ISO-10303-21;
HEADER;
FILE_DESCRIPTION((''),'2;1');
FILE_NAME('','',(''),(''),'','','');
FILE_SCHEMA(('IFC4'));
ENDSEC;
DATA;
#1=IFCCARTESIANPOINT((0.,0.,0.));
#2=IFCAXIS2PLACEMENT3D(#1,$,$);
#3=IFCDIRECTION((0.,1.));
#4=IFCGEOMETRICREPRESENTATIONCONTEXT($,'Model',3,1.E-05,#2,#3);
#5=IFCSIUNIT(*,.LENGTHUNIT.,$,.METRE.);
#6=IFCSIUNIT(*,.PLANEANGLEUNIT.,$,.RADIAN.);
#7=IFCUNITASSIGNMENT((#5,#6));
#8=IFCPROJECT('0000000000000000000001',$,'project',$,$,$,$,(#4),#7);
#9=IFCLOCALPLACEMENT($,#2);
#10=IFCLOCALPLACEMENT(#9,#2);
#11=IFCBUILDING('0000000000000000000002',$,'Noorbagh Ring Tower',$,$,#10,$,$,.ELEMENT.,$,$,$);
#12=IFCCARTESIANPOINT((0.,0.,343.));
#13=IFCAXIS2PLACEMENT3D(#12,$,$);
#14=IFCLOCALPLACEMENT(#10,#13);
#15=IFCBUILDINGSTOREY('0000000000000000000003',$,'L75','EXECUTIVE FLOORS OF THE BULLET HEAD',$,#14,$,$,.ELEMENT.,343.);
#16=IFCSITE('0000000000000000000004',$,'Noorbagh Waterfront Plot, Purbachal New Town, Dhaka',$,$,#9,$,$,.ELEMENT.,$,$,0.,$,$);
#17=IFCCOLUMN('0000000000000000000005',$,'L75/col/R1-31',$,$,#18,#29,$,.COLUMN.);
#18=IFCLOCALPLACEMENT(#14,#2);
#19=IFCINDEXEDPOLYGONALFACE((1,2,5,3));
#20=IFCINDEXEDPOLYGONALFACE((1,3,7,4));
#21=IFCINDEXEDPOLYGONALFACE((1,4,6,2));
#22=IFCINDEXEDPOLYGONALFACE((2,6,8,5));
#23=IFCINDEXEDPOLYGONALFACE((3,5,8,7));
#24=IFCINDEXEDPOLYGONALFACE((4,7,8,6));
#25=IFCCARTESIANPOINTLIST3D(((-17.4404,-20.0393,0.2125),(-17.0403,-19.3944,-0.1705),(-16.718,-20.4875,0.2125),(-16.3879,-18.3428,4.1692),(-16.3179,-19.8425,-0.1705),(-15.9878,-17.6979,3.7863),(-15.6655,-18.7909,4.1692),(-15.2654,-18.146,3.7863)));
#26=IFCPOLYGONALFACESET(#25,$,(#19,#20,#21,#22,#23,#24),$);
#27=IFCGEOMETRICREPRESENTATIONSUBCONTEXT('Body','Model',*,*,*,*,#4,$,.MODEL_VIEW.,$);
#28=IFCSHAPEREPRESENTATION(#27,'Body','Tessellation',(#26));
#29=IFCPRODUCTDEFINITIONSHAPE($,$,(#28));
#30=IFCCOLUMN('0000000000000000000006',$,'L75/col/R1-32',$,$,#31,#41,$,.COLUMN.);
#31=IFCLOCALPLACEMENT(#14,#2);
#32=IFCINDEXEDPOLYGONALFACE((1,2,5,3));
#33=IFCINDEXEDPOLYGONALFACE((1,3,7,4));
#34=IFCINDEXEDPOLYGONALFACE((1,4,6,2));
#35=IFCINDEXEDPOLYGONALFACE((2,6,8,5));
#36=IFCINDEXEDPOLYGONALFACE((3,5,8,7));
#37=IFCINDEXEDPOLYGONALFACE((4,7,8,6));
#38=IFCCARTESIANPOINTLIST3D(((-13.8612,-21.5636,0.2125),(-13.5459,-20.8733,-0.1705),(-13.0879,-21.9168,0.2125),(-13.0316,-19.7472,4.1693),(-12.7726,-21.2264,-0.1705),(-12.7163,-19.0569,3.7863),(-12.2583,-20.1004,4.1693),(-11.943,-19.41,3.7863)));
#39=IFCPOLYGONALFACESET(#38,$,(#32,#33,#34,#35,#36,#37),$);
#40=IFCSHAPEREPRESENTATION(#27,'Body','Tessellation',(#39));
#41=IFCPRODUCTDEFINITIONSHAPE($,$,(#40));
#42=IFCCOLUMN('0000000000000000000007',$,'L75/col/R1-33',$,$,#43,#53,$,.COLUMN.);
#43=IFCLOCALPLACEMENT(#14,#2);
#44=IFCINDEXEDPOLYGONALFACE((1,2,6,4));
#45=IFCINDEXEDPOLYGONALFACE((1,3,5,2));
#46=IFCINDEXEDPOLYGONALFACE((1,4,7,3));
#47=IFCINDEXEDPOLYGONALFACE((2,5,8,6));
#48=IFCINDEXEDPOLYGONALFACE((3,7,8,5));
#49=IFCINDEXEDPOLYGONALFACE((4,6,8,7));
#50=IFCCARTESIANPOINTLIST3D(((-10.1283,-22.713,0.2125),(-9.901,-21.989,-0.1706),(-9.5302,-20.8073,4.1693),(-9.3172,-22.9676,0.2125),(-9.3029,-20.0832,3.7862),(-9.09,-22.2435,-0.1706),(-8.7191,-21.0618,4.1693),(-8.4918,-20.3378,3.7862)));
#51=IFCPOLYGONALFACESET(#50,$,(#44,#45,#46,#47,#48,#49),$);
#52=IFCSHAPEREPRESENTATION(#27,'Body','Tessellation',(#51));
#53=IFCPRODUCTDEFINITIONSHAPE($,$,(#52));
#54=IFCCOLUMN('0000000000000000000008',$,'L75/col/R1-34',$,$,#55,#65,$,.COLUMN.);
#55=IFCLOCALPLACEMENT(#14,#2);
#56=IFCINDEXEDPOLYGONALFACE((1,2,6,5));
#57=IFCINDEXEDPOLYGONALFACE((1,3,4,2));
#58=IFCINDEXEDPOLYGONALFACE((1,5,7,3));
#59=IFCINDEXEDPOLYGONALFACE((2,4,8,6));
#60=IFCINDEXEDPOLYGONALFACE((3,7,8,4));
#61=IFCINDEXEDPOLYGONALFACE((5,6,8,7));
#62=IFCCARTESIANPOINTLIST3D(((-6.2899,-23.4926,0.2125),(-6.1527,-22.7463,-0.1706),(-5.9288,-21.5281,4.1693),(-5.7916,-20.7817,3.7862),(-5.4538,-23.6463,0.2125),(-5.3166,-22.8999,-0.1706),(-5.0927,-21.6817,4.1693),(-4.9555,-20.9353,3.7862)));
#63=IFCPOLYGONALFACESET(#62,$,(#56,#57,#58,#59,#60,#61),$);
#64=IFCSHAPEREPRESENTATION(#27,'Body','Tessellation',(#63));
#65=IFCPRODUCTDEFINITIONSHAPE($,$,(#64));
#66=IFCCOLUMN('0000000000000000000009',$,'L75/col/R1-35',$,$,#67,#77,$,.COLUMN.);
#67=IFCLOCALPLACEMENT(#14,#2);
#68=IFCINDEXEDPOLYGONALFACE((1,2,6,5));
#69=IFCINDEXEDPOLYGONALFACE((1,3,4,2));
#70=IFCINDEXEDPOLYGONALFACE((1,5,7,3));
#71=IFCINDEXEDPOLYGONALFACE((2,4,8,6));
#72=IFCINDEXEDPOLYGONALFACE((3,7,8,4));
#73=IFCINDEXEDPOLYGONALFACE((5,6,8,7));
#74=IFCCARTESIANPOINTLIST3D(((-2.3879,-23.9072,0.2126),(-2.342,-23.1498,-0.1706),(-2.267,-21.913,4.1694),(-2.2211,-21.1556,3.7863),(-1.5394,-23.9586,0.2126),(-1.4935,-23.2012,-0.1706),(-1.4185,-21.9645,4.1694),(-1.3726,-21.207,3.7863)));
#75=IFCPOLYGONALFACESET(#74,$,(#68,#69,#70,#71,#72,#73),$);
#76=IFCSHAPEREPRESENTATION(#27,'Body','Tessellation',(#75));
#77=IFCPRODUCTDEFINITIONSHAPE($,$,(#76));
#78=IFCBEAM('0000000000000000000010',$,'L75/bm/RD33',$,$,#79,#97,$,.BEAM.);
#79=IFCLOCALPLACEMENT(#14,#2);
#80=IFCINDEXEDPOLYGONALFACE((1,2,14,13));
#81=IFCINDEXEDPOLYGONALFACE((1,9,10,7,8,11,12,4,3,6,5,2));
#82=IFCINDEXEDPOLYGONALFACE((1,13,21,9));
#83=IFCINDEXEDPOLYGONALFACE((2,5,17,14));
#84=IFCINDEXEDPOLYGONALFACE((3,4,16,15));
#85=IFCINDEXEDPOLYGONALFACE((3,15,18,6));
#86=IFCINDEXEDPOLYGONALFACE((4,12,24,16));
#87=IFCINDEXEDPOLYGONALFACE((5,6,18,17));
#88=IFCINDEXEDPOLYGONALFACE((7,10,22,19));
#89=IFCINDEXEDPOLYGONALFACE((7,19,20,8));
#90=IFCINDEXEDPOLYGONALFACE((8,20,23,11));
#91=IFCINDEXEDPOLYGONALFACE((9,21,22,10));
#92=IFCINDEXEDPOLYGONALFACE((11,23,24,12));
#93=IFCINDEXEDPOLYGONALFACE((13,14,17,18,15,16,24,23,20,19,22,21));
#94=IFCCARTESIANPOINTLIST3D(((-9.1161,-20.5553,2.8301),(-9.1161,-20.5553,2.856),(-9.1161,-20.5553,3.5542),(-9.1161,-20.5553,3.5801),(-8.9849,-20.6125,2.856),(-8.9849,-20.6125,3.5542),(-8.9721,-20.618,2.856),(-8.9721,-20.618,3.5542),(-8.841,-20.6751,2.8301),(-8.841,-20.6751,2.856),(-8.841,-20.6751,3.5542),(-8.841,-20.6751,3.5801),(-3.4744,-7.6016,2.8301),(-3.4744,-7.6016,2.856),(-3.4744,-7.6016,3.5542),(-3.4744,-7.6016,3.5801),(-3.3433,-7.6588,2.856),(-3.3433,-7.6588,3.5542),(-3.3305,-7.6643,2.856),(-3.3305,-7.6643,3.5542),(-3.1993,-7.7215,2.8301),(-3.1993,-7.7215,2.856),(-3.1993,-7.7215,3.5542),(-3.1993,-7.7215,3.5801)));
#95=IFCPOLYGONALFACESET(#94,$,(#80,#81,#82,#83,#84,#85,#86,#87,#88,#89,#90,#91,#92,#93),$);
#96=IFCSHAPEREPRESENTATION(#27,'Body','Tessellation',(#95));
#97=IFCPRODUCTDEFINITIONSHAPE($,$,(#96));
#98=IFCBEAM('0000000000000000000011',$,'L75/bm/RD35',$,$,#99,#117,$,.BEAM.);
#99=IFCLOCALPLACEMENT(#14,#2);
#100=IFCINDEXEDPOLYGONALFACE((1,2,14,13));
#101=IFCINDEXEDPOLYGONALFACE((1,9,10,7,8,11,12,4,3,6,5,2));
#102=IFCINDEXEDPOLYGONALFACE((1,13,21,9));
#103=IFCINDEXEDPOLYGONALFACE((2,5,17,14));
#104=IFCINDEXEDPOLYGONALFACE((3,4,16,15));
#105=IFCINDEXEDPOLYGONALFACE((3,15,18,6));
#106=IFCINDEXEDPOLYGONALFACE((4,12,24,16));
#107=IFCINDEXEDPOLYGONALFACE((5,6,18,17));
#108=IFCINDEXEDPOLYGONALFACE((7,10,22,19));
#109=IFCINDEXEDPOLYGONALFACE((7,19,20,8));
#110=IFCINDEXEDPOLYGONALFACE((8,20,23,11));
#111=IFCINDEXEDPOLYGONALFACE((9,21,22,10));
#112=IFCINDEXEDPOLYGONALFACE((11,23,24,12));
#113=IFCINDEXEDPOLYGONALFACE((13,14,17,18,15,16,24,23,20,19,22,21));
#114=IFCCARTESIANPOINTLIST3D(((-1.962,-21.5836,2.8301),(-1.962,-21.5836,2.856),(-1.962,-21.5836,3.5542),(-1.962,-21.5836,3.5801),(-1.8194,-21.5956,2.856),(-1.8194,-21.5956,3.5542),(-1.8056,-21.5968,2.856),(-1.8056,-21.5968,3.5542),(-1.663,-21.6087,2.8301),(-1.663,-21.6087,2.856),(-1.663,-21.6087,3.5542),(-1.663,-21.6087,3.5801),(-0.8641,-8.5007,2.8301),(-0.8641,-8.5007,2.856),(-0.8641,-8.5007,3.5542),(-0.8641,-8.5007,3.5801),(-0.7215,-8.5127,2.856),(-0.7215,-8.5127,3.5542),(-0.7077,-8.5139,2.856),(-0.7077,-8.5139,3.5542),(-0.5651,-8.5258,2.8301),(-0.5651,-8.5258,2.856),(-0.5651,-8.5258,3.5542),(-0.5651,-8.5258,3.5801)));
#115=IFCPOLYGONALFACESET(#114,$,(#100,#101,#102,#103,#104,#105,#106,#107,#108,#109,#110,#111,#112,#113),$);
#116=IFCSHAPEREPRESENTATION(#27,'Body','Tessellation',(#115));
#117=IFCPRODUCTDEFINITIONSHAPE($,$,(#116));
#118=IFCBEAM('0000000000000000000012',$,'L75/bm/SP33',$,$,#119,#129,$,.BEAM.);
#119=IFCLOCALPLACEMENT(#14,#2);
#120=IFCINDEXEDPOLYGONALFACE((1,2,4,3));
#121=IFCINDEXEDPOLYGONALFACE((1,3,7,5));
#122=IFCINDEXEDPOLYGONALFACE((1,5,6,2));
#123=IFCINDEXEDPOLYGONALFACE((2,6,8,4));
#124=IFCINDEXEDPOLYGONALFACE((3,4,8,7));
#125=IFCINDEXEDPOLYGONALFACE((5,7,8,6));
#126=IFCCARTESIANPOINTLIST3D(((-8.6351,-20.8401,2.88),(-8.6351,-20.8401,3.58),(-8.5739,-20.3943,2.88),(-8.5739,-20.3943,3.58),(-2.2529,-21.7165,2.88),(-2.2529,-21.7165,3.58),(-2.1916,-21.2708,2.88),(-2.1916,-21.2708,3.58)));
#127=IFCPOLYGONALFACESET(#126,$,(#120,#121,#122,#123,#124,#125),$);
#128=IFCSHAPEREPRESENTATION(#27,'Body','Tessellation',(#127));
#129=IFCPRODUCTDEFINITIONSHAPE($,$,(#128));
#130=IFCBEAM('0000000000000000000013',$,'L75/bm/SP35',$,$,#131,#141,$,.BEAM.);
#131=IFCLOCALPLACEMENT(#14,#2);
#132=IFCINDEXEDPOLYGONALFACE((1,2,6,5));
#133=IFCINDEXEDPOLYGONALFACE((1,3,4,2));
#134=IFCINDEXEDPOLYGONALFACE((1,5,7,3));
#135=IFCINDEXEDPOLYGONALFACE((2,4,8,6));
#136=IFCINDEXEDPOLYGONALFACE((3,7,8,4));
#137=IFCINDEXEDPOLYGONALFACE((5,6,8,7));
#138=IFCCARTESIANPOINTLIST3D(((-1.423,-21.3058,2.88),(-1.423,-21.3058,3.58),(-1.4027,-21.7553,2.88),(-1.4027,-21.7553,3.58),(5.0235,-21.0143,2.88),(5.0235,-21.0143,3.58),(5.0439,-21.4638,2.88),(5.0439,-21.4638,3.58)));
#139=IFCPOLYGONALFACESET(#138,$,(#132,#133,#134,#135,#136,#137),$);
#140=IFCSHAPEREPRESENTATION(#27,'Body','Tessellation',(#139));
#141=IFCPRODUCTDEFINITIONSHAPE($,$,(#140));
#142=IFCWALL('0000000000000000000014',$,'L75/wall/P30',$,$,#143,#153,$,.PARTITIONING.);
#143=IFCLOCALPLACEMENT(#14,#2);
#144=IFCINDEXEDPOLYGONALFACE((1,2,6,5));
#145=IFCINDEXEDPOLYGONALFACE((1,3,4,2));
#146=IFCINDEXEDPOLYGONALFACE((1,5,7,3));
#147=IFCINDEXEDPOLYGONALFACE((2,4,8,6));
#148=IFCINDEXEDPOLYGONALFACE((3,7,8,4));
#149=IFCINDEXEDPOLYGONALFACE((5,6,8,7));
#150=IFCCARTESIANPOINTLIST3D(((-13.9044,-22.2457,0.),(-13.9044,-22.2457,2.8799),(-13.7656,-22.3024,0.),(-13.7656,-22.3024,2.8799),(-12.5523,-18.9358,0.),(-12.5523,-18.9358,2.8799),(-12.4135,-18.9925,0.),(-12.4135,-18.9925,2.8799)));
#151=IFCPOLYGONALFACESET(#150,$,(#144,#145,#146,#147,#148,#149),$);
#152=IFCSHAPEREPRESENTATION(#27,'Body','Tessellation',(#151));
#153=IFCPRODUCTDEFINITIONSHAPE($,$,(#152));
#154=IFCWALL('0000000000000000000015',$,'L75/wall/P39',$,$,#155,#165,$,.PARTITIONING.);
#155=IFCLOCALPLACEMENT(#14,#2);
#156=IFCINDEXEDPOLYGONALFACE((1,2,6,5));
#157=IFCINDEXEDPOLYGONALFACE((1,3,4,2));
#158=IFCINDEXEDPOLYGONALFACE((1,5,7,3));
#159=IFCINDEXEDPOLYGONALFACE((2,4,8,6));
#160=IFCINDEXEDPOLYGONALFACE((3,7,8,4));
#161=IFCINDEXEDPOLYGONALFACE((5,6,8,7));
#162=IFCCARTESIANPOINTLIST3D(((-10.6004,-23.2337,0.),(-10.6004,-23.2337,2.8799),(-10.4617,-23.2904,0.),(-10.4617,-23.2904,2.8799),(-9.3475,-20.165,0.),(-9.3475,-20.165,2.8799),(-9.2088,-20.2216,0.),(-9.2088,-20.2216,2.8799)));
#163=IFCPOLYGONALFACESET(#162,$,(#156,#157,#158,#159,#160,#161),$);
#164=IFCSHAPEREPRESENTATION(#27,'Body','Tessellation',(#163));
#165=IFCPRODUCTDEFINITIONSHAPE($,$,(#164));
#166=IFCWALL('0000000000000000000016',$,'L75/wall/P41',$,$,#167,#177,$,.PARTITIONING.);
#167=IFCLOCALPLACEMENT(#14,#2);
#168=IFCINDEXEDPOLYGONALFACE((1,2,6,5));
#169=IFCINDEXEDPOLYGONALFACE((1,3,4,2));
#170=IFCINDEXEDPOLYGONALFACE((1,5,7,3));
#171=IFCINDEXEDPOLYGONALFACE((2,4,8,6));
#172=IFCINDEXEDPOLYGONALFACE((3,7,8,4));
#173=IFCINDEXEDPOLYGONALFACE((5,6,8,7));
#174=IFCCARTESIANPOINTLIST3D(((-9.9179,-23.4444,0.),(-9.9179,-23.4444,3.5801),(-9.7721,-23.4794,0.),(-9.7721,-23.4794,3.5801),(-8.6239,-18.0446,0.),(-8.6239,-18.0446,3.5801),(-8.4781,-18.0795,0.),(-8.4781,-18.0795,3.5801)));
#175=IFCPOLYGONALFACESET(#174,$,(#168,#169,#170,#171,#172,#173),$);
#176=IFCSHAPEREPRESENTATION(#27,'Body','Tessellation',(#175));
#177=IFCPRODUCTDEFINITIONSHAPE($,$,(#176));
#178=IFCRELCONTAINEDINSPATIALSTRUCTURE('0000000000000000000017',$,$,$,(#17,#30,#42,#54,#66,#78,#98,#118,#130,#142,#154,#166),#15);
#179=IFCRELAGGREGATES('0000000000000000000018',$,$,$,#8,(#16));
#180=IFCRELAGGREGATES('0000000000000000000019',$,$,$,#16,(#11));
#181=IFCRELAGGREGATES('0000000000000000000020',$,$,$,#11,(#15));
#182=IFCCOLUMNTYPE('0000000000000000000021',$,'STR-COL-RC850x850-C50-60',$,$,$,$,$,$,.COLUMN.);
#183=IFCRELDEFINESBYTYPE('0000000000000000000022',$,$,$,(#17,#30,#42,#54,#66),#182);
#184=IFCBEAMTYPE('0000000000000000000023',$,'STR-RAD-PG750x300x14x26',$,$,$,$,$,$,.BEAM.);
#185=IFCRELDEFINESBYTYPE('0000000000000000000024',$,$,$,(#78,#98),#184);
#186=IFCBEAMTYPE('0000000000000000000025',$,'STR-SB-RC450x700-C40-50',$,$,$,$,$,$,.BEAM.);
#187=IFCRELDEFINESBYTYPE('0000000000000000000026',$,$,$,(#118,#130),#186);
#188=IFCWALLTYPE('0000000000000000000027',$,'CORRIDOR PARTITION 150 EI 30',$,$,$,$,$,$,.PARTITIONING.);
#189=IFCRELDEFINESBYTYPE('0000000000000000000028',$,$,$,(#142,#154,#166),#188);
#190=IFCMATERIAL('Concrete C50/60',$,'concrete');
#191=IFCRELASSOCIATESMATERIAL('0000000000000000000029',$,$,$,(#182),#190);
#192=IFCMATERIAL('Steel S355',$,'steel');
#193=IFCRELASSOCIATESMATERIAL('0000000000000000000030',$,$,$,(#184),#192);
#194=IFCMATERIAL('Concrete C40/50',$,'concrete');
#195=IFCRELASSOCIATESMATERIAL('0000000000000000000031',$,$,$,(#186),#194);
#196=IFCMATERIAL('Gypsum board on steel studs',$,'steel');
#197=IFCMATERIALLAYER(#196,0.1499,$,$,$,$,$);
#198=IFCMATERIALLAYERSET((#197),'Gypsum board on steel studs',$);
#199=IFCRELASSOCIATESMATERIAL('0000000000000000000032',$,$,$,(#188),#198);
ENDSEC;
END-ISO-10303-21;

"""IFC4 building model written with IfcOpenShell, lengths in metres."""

from ifc_helpers import new_model, si_unit, direction, frame, frame_2d, origin, origin_2d, place, context, subcontext, project, spatial, rectangle, i_section, extrude, material, layer, layer_set, material_profile, profile_set, type_object, element, save


model = new_model("IFC4")

# Units and contexts
model_context = context("Model", 3, precision=1e-05, world=origin(), true_north=direction((0.0, 1.0)))
body_context = subcontext(model_context, "Body", "Model", "MODEL_VIEW")
ifc_project = project(units=[si_unit("LENGTHUNIT", "METRE"), si_unit("PLANEANGLEUNIT", "RADIAN")], contexts=[model_context])

# Site, building, storey
site_placement = place(None, origin())
site = spatial("IfcSite", under=ifc_project, at=site_placement, Name="Noorbagh Waterfront Plot, Purbachal New Town, Dhaka", CompositionType="ELEMENT", RefElevation=0.0)
building_placement = place(site_placement, origin())
building = spatial("IfcBuilding", under=site, at=building_placement, Name="Noorbagh Ring Tower", CompositionType="ELEMENT")
storey_placement = place(building_placement, frame((0.0, 0.0, 343.0)))
storey = spatial("IfcBuildingStorey", under=building, at=storey_placement, Name="L75", Description="EXECUTIVE FLOORS OF THE BULLET HEAD", CompositionType="ELEMENT", Elevation=343.0)

# Columns
ifc_material_1 = material(Name="Concrete C50/60", Category="concrete")
ifc_material_profile_1 = material_profile(ifc_material_1, rectangle(XDim=0.8501, YDim=0.8501, at=origin_2d()), Name="RC850x850")
ifc_profile_set_1 = profile_set([ifc_material_profile_1], Name="Concrete C50/60")
column_type = type_object("IfcColumnType", Name="STR-COL-RC850x850-C50-60", PredefinedType="COLUMN", material=ifc_profile_set_1)
column_1_placement = place(storey_placement, frame((-16.8792, -19.9409, 0.021), z_axis=(0.237478, 0.382797, 0.892788), x_axis=(-0.849759, 0.527171, 0.0)))
element("IfcColumn", 1, at=column_1_placement, inside=storey, type_object=column_type, Name="L75/col/R1-31", PredefinedType="COLUMN", context=body_context, shape_type="SweptSolid", body=[
    extrude(rectangle(XDim=0.8501, YDim=0.8501, at=origin_2d()), origin(), (0.0, 0.0, 1.0), 4.4319),
])
column_2_placement = place(storey_placement, frame((-13.3169, -21.395, 0.021), z_axis=(0.187177, 0.409828, 0.892752), x_axis=(-0.90962, 0.415442, 0.0)))
element("IfcColumn", 2, at=column_2_placement, inside=storey, type_object=column_type, Name="L75/col/R1-32", PredefinedType="COLUMN", context=body_context, shape_type="SweptSolid", body=[
    extrude(rectangle(XDim=0.8501, YDim=0.8501, at=origin_2d()), origin(), (0.0, 0.0, 1.0), 4.4321),
])
for number, where, z_axis, x_axis, name in (
    (3, (-9.6091, -22.4783, 0.021), (0.134949, 0.429965, 0.892703), (-0.95411, 0.299458, 0.0), "L75/col/R1-33"),
    (4, (-5.8032, -23.1963, 0.021), (0.081465, 0.443236, 0.892696), (-0.983526, 0.180767, 0.0), "L75/col/R1-34"),
):
    element("IfcColumn", number, at=place(storey_placement, frame(where, z_axis=z_axis, x_axis=x_axis)), inside=storey, type_object=column_type, Name=name, PredefinedType="COLUMN", context=body_context, shape_type="SweptSolid", body=[
        extrude(rectangle(XDim=0.8501, YDim=0.8501, at=origin_2d()), origin(), (0.0, 0.0, 1.0), 4.4324),
    ])
column_3_placement = place(storey_placement, frame((-1.9407, -23.5542, 0.021), z_axis=(0.027264, 0.449887, 0.892669), x_axis=(-0.998169, 0.060491, 0.0)))
element("IfcColumn", 5, at=column_3_placement, inside=storey, type_object=column_type, Name="L75/col/R1-35", PredefinedType="COLUMN", context=body_context, shape_type="SweptSolid", body=[
    extrude(rectangle(XDim=0.8501, YDim=0.8501, at=origin_2d()), origin(), (0.0, 0.0, 1.0), 4.4326),
])

# Beams
ifc_material_2 = material(Name="Steel S355", Category="steel")
ifc_material_profile_2 = material_profile(ifc_material_2, i_section(OverallWidth=0.3, OverallDepth=0.75, WebThickness=0.0139, FlangeThickness=0.0259, at=origin_2d()), Name="PG750x300x14x26")
ifc_profile_set_2 = profile_set([ifc_material_profile_2], Name="Steel S355")
beam_type_1 = type_object("IfcBeamType", Name="STR-RAD-PG750x300x14x26", PredefinedType="BEAM", material=ifc_profile_set_2)
beam_1_placement = place(storey_placement, frame((-8.9785, -20.6152, 3.2051), z_axis=(0.399297, 0.916822, 0.0), x_axis=(-0.916822, 0.399297, 0.0)))
element("IfcBeam", 6, at=beam_1_placement, inside=storey, type_object=beam_type_1, Name="L75/bm/RD33", PredefinedType="BEAM", context=body_context, shape_type="SweptSolid", body=[
    extrude(i_section(OverallWidth=0.3, OverallDepth=0.75, WebThickness=0.0139, FlangeThickness=0.0259, at=origin_2d()), origin(), (0.0, 0.0, 1.0), 14.1289),
])
beam_2_placement = place(storey_placement, frame((-1.8125, -21.5962, 3.2051), z_axis=(0.083624, 0.996497, 0.0), x_axis=(-0.996497, 0.083624, 0.0)))
element("IfcBeam", 7, at=beam_2_placement, inside=storey, type_object=beam_type_1, Name="L75/bm/RD35", PredefinedType="BEAM", context=body_context, shape_type="SweptSolid", body=[
    extrude(i_section(OverallWidth=0.3, OverallDepth=0.75, WebThickness=0.0139, FlangeThickness=0.0259, at=origin_2d()), origin(), (0.0, 0.0, 1.0), 13.1289),
])
ifc_material_3 = material(Name="Concrete C40/50", Category="concrete")
ifc_material_profile_3 = material_profile(ifc_material_3, rectangle(XDim=0.45, YDim=0.7, at=origin_2d()), Name="RC450x700")
ifc_profile_set_3 = profile_set([ifc_material_profile_3], Name="Concrete C40/50")
beam_type_2 = type_object("IfcBeamType", Name="STR-SB-RC450x700-C40-50", PredefinedType="BEAM", material=ifc_profile_set_3)
beam_3_placement = place(storey_placement, frame((-8.6045, -20.6172, 3.23), z_axis=(0.990702, -0.13605, 0.0), x_axis=(0.13605, 0.990702, 0.0)))
element("IfcBeam", 8, at=beam_3_placement, inside=storey, type_object=beam_type_2, Name="L75/bm/SP33", PredefinedType="BEAM", context=body_context, shape_type="SweptSolid", body=[
    extrude(rectangle(XDim=0.45, YDim=0.7, at=origin_2d()), origin(), (0.0, 0.0, 1.0), 6.4421),
])
beam_4_placement = place(storey_placement, frame((-1.4128, -21.5305, 3.23), z_axis=(0.998979, 0.045173, 0.0), x_axis=(-0.045173, 0.998979, 0.0)))
element("IfcBeam", 9, at=beam_4_placement, inside=storey, type_object=beam_type_2, Name="L75/bm/SP35", PredefinedType="BEAM", context=body_context, shape_type="SweptSolid", body=[
    extrude(rectangle(XDim=0.45, YDim=0.7, at=origin_2d()), origin(), (0.0, 0.0, 1.0), 6.4531),
])

# Walls
ifc_material_4 = material(Name="Gypsum board on steel studs", Category="steel")
ifc_layer_1 = layer(ifc_material_4, 0.1499)
ifc_layer_set_1 = layer_set([ifc_layer_1], Name="Gypsum board on steel studs")
wall_type = type_object("IfcWallType", Name="CORRIDOR PARTITION 150 EI 30", PredefinedType="PARTITIONING", material=ifc_layer_set_1)
wall_1_placement = place(storey_placement, frame((-13.835, -22.2739, 0.0), z_axis=(0.0, 0.0, 1.0), x_axis=(0.378162, 0.925739, 0.0)))
element("IfcWall", 10, at=wall_1_placement, inside=storey, type_object=wall_type, Name="L75/wall/P30", PredefinedType="PARTITIONING", context=body_context, shape_type="SweptSolid", body=[
    extrude(rectangle(XDim=3.5754, YDim=0.1499, at=frame_2d((1.7876, 0.0))), origin(), (0.0, 0.0, 1.0), 2.8799),
])
wall_2_placement = place(storey_placement, frame((-10.531, -23.262, 0.0), z_axis=(0.0, 0.0, 1.0), x_axis=(0.377985, 0.925812, 0.0)))
element("IfcWall", 11, at=wall_2_placement, inside=storey, type_object=wall_type, Name="L75/wall/P39", PredefinedType="PARTITIONING", context=body_context, shape_type="SweptSolid", body=[
    extrude(rectangle(XDim=3.3147, YDim=0.1499, at=frame_2d((1.6572, 0.0))), origin(), (0.0, 0.0, 1.0), 2.8799),
])
wall_3_placement = place(storey_placement, frame((-9.845, -23.4619, 0.0), z_axis=(0.0, 0.0, 1.0), x_axis=(0.233027, 0.97247, 0.0)))
element("IfcWall", 12, at=wall_3_placement, inside=storey, type_object=wall_type, Name="L75/wall/P41", PredefinedType="PARTITIONING", context=body_context, shape_type="SweptSolid", body=[
    extrude(rectangle(XDim=5.5527, YDim=0.1499, at=frame_2d((2.7764, 0.0))), origin(), (0.0, 0.0, 1.0), 3.5801),
])

save(model, "model.ifc")
